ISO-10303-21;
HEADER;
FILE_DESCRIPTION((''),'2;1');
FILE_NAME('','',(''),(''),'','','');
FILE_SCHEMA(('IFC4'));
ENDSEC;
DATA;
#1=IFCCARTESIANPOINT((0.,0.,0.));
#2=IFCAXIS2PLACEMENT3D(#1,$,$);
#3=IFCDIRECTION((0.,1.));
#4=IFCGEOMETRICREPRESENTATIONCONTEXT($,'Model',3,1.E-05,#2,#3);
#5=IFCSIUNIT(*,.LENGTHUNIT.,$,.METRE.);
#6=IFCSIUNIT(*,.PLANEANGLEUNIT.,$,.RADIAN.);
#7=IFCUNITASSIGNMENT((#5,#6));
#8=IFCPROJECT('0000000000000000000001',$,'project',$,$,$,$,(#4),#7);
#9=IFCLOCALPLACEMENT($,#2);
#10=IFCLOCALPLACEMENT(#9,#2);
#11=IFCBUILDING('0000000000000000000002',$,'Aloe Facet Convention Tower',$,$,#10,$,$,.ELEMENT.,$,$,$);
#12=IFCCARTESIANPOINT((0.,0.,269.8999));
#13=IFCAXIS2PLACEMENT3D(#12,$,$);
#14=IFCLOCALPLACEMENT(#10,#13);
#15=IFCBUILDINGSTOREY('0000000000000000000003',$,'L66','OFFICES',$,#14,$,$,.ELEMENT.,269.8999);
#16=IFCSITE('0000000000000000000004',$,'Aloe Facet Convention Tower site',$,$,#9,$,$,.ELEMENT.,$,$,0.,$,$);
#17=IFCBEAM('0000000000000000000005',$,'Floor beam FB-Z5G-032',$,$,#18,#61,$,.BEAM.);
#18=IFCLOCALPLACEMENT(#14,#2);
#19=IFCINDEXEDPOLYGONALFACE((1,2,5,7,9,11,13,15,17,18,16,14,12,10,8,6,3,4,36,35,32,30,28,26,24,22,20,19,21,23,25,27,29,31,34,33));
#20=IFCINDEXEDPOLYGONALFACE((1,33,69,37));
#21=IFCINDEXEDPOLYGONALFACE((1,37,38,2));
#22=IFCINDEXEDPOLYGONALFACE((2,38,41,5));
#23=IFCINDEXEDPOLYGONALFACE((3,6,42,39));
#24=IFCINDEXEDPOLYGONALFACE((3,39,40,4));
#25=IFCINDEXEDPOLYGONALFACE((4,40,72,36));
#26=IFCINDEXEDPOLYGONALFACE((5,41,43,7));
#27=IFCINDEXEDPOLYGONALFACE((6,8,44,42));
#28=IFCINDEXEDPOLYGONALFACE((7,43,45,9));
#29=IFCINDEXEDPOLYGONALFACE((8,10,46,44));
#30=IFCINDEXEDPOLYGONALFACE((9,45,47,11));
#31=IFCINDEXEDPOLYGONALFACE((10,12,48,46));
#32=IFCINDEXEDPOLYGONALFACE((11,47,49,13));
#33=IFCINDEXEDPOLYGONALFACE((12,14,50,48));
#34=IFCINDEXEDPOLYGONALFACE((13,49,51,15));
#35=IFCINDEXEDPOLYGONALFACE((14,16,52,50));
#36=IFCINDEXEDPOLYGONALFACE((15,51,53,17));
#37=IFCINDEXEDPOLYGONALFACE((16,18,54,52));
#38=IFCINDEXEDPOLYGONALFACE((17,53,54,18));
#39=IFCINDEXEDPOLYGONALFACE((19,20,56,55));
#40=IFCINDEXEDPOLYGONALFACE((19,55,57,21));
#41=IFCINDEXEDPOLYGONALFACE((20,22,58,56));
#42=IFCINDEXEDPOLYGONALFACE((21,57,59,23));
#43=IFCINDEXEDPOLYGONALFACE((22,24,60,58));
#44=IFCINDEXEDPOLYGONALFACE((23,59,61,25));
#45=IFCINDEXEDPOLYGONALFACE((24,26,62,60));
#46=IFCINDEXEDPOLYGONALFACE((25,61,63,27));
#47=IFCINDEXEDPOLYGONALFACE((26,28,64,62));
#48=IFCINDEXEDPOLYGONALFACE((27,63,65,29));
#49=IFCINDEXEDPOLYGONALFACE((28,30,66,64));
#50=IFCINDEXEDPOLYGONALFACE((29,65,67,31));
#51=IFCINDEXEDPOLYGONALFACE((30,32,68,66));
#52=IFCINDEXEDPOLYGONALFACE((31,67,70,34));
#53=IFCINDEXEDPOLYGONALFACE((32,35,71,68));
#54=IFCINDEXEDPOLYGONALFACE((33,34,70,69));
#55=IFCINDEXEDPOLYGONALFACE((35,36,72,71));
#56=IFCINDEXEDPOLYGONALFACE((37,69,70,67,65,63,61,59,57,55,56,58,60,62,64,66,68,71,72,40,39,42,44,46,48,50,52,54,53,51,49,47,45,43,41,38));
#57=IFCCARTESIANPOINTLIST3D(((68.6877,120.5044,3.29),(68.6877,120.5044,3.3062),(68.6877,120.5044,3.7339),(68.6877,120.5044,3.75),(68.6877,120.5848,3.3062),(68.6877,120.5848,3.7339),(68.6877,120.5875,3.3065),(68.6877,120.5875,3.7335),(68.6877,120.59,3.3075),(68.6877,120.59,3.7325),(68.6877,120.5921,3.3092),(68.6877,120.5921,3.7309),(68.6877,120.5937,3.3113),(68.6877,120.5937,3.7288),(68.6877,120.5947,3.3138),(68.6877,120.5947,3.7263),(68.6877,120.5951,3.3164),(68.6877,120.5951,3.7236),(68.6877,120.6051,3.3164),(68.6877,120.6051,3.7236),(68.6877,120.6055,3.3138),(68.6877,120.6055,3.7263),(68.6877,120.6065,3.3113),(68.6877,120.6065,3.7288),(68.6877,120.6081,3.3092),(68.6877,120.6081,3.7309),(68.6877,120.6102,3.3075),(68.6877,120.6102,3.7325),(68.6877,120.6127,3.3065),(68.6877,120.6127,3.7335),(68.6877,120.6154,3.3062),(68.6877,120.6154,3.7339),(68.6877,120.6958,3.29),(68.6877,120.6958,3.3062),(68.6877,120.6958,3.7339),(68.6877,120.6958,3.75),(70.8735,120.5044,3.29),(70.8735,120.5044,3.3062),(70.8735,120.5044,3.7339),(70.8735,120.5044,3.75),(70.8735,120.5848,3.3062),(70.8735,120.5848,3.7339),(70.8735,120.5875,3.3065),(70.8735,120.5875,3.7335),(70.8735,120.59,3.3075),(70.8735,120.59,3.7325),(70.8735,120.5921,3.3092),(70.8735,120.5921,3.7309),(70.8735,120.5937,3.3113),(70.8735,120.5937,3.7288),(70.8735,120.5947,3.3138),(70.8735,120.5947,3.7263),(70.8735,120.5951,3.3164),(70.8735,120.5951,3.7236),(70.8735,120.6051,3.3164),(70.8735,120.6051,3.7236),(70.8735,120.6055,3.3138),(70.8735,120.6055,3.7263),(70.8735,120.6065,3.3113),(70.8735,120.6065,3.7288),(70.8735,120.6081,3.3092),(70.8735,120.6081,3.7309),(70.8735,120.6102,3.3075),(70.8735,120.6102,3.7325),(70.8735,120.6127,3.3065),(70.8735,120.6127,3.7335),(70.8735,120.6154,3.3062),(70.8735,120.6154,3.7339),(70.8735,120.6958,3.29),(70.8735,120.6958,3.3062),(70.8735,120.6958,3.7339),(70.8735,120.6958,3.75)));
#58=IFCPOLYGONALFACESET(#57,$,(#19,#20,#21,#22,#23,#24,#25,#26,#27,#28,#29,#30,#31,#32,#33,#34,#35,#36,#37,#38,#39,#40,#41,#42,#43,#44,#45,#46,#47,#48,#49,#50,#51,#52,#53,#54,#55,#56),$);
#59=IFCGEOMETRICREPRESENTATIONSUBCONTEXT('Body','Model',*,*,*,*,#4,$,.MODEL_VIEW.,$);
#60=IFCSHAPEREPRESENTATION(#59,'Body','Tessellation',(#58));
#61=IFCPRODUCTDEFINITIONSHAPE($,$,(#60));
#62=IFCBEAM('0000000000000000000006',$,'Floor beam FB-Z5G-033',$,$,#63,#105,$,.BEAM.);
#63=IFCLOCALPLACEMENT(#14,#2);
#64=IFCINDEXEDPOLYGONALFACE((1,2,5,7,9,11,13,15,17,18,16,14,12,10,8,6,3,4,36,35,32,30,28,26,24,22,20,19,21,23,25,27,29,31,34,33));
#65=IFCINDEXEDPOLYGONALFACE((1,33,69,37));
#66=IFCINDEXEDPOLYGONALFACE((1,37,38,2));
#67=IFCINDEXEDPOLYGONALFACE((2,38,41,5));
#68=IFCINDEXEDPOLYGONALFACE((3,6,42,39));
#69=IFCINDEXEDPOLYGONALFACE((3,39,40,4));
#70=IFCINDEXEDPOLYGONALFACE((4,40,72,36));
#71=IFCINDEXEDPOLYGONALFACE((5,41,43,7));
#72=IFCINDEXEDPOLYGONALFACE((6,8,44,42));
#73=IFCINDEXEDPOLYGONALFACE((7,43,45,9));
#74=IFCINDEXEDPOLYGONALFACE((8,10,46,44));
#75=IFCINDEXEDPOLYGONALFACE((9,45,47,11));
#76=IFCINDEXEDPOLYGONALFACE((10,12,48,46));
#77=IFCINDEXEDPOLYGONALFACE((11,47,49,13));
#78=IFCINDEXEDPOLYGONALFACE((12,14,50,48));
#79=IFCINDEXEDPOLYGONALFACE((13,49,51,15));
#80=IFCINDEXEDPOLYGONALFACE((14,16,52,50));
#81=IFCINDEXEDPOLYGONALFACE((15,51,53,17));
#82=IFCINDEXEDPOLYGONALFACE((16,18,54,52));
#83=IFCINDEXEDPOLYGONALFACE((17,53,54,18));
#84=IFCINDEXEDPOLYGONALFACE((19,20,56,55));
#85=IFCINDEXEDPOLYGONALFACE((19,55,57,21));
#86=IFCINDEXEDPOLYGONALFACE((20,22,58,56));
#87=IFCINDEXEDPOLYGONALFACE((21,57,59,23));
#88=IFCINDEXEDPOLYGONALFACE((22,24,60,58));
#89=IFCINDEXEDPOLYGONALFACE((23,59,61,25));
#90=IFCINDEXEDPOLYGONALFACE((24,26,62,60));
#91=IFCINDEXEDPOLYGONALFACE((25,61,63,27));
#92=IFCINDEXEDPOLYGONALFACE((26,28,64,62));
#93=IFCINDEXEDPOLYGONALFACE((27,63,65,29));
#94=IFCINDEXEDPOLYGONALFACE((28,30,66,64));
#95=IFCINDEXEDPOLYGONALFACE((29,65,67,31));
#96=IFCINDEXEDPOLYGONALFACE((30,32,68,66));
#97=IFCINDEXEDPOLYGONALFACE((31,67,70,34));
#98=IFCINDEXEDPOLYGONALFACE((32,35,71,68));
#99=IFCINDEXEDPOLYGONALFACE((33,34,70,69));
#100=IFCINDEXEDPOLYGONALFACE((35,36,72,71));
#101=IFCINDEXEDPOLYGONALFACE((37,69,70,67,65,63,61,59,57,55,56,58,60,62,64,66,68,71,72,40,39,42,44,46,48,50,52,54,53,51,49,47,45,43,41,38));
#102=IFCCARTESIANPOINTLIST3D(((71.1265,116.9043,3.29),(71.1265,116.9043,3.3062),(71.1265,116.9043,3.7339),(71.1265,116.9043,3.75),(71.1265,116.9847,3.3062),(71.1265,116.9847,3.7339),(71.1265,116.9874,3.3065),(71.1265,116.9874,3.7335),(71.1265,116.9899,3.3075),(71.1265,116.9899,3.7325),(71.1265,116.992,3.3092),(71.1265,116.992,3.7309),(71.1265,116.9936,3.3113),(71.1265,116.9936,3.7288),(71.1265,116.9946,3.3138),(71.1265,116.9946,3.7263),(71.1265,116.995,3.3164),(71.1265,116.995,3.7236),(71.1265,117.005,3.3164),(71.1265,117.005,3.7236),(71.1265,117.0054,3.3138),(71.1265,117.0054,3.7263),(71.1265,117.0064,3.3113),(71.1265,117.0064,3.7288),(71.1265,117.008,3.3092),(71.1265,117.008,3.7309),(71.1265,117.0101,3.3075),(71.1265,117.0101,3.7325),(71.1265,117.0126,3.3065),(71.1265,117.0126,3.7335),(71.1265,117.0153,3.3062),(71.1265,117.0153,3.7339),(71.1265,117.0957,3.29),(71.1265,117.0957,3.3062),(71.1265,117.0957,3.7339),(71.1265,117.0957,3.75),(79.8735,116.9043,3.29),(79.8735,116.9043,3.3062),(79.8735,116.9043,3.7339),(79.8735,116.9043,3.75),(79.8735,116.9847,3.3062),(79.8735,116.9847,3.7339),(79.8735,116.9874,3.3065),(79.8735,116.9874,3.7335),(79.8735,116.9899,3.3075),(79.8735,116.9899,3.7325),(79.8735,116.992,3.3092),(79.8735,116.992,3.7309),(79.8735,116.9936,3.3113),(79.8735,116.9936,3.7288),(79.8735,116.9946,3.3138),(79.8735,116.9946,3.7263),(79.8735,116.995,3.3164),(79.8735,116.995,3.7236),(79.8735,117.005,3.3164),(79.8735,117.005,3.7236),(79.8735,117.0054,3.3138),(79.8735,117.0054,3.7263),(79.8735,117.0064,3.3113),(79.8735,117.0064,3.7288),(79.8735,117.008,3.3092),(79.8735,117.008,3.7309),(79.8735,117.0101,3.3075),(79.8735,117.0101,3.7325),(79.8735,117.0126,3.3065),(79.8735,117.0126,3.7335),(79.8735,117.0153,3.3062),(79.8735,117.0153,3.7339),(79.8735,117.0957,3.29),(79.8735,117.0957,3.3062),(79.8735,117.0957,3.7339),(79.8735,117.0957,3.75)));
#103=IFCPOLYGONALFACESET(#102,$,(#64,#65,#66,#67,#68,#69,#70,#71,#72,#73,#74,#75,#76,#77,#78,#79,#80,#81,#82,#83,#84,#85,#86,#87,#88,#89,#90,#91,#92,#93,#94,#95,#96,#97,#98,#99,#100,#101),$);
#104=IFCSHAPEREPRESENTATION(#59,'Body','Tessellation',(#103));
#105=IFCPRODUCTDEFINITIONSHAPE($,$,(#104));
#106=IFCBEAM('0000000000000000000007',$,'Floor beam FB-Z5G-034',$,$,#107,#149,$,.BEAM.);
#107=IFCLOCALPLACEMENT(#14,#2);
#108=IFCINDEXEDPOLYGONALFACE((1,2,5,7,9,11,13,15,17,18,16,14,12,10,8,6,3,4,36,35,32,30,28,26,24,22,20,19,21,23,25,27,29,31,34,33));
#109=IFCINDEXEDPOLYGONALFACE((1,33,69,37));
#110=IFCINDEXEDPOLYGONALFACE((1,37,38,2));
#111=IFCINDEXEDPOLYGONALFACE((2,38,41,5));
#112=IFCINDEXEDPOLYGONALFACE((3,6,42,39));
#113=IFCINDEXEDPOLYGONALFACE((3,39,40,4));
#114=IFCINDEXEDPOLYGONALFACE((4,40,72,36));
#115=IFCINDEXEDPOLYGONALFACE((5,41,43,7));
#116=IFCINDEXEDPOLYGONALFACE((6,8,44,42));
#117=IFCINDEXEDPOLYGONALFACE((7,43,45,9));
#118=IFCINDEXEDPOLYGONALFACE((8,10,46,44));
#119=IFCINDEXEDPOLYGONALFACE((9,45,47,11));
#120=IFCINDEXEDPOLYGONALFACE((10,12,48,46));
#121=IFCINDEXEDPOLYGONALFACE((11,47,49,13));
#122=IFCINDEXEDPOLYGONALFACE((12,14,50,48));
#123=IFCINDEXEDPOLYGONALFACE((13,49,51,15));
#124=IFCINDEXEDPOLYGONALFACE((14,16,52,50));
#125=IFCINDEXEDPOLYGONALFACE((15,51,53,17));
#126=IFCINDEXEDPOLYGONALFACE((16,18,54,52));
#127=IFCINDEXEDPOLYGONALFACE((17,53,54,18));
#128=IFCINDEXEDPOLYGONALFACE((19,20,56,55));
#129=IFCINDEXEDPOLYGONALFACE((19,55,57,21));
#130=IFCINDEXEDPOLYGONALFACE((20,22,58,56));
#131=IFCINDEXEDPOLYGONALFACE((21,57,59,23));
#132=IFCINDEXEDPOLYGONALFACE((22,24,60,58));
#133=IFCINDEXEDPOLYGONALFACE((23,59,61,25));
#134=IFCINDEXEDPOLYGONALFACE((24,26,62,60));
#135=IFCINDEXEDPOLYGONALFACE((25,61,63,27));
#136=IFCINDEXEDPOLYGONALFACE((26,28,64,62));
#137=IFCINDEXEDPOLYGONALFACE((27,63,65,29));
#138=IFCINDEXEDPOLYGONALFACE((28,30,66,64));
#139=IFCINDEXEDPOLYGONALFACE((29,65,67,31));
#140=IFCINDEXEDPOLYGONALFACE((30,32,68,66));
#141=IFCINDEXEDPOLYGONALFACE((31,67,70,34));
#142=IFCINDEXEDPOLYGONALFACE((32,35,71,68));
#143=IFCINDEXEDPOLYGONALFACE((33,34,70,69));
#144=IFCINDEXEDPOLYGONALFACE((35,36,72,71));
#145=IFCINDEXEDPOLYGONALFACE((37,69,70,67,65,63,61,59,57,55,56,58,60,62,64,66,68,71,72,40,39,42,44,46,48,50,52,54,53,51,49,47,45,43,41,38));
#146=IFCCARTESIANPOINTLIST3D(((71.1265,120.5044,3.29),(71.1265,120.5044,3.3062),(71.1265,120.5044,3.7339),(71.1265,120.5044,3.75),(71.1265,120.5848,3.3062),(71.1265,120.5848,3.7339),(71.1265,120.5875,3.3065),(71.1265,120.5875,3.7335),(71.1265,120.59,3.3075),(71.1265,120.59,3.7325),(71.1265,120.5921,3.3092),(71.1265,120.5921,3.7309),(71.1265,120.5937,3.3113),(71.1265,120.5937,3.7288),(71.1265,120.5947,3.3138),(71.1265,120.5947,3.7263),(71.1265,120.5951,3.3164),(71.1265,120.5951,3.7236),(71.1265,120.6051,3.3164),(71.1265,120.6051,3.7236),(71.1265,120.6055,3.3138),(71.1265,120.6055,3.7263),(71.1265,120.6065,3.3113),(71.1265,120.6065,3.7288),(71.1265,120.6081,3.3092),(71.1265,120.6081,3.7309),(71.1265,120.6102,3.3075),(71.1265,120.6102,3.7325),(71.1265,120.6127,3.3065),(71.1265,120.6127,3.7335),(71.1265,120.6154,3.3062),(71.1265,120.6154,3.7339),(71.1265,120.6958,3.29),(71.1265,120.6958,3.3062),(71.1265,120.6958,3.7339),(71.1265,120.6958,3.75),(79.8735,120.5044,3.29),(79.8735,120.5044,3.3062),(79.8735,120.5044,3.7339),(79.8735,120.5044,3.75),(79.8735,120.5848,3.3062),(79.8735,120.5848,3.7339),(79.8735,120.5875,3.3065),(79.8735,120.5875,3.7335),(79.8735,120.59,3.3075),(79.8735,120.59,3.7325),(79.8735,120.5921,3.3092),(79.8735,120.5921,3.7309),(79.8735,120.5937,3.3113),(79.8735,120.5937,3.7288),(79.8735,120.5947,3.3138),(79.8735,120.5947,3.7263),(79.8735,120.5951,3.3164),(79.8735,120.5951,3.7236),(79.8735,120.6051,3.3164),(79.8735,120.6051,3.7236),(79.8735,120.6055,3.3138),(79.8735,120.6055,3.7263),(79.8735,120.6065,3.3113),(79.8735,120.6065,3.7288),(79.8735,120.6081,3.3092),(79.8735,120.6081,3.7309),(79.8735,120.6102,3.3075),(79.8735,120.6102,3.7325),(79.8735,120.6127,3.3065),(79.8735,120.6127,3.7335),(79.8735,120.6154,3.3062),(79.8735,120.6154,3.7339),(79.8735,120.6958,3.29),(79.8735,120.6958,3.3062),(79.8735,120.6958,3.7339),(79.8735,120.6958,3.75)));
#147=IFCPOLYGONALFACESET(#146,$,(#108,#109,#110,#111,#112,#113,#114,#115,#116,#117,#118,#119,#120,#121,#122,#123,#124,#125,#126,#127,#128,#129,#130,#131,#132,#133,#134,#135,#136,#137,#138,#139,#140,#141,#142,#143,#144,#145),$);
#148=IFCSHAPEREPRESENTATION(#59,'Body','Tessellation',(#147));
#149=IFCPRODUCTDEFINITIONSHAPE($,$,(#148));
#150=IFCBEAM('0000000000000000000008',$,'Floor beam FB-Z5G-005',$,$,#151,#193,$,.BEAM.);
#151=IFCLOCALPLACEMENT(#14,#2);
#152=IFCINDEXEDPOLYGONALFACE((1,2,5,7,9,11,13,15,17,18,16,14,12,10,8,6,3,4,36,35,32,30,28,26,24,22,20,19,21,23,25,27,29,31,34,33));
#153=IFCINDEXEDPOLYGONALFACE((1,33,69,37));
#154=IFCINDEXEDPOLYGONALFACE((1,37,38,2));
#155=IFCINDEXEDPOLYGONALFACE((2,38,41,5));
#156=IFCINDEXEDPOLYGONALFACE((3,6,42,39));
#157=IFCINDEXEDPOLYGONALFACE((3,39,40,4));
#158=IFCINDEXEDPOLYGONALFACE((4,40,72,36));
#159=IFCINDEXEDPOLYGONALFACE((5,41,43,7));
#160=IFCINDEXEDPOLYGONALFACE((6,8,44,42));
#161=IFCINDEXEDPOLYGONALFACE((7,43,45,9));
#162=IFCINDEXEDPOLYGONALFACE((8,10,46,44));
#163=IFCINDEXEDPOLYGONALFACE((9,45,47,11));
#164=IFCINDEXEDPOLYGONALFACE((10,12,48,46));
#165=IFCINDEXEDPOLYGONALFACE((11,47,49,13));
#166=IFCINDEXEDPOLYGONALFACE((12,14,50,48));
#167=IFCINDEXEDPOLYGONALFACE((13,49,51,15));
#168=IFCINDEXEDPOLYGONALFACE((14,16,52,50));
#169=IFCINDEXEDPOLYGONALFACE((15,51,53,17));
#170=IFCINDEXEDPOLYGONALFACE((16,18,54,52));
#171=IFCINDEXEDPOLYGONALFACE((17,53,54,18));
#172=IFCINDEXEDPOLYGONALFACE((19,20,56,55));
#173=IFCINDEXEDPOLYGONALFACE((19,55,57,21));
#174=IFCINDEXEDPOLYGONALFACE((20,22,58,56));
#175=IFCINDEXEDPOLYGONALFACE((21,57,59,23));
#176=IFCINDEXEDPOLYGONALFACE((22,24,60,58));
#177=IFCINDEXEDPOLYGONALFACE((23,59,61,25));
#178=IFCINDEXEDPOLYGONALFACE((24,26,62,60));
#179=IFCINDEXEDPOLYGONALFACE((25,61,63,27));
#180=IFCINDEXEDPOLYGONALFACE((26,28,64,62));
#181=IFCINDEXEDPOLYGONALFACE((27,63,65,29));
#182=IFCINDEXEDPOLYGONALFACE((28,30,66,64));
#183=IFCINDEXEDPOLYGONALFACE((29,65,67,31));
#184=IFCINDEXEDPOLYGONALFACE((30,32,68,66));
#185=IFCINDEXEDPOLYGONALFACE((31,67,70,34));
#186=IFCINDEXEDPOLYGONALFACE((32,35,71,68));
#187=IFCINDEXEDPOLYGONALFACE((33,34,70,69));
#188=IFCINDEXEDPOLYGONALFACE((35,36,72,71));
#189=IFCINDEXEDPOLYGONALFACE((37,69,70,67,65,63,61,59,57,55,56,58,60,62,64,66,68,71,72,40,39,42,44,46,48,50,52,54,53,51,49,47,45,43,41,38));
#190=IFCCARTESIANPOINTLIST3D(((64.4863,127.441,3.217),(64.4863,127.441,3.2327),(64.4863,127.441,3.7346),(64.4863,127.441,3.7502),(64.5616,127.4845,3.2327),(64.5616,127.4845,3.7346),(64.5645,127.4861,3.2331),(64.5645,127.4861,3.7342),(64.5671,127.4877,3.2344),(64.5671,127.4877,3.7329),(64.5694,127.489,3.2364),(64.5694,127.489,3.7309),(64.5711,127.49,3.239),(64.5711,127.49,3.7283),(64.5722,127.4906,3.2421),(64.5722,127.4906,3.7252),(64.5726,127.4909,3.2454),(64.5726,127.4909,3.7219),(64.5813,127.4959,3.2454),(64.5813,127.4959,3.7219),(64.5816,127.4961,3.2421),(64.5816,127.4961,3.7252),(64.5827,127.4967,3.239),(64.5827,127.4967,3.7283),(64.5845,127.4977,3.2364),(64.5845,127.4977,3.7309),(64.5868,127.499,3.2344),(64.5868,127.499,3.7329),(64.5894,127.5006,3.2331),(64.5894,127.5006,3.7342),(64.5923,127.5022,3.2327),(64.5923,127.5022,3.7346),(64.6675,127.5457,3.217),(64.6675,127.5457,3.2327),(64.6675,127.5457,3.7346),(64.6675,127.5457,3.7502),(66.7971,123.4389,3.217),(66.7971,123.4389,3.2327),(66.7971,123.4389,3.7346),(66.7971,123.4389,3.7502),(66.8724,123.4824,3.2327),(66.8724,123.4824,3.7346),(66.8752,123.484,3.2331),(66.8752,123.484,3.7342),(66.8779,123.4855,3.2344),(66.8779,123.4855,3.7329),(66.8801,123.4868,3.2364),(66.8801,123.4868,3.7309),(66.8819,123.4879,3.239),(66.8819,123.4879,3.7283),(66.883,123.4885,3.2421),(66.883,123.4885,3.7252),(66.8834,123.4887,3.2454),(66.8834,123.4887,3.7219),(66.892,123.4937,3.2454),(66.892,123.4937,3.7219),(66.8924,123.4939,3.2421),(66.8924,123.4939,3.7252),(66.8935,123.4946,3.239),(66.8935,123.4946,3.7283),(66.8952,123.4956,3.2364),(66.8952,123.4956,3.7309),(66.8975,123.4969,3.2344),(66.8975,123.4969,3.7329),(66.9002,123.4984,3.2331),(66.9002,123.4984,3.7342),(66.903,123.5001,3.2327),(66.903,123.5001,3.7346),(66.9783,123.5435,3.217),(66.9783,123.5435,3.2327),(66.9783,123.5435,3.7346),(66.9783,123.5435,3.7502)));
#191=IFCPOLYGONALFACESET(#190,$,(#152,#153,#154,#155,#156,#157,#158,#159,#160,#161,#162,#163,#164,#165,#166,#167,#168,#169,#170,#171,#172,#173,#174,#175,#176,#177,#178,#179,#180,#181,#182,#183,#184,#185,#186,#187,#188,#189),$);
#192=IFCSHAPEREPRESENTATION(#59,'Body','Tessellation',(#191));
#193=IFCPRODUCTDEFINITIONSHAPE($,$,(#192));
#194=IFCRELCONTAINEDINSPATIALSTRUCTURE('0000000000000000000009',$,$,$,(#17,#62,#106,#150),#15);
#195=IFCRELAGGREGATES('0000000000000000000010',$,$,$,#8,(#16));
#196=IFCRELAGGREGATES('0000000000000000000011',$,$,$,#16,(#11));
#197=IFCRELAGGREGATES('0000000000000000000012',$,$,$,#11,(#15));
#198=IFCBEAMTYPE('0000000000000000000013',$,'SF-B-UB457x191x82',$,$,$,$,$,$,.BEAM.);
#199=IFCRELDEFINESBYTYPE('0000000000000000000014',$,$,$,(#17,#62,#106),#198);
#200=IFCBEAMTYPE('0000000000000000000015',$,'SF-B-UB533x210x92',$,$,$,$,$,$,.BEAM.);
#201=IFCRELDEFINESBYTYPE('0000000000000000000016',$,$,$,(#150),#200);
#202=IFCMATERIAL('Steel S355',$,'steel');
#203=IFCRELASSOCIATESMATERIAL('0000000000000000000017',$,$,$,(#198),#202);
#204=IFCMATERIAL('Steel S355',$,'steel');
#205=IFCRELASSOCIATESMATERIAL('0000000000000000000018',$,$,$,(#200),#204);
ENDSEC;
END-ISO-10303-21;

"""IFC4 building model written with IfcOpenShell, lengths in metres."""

from ifc_helpers import new_model, si_unit, direction, frame, origin, origin_2d, place, context, subcontext, project, spatial, i_section, extrude, material, material_profile, profile_set, type_object, element, save


model = new_model("IFC4")

# Units and contexts
model_context = context("Model", 3, precision=1e-05, world=origin(), true_north=direction((0.0, 1.0)))
body_context = subcontext(model_context, "Body", "Model", "MODEL_VIEW")
ifc_project = project(units=[si_unit("LENGTHUNIT", "METRE"), si_unit("PLANEANGLEUNIT", "RADIAN")], contexts=[model_context])

# Site, building, storey
site_placement = place(None, origin())
site = spatial("IfcSite", under=ifc_project, at=site_placement, Name="Aloe Facet Convention Tower site", CompositionType="ELEMENT", RefElevation=0.0)
building_placement = place(site_placement, origin())
building = spatial("IfcBuilding", under=site, at=building_placement, Name="Aloe Facet Convention Tower", CompositionType="ELEMENT")
storey_placement = place(building_placement, frame((0.0, 0.0, 269.8999)))
storey = spatial("IfcBuildingStorey", under=building, at=storey_placement, Name="L66", Description="OFFICES", CompositionType="ELEMENT", Elevation=269.8999)

# Beams
ifc_material_1 = material(Name="Steel S355", Category="steel")
ifc_material_profile_1 = material_profile(ifc_material_1, i_section(OverallWidth=0.1914, OverallDepth=0.46, WebThickness=0.01, FlangeThickness=0.0161, FilletRadius=0.0103, at=origin_2d()), Name="UB 457x191x82")
ifc_profile_set_1 = profile_set([ifc_material_profile_1], Name="Steel S355")
beam_type_1 = type_object("IfcBeamType", Name="SF-B-UB457x191x82", PredefinedType="BEAM", material=ifc_profile_set_1)
beam_1_placement = place(storey_placement, frame((68.6877, 120.6001, 3.52), z_axis=(1.0, 0.0, 0.0), x_axis=(0.0, 1.0, 0.0)))
element("IfcBeam", 1, at=beam_1_placement, inside=storey, type_object=beam_type_1, Name="Floor beam FB-Z5G-032", PredefinedType="BEAM", context=body_context, shape_type="SweptSolid", body=[
    extrude(i_section(OverallWidth=0.1914, OverallDepth=0.46, WebThickness=0.01, FlangeThickness=0.0161, FilletRadius=0.0103, at=origin_2d()), origin(), (0.0, 0.0, 1.0), 2.1858),
])
for number, where, z_axis, x_axis, name in (
    (2, (71.1265, 117.0, 3.52), (1.0, 0.0, 0.0), (0.0, 1.0, 0.0), "Floor beam FB-Z5G-033"),
    (3, (71.1265, 120.6001, 3.52), (1.0, 0.0, 0.0), (0.0, 1.0, 0.0), "Floor beam FB-Z5G-034"),
):
    element("IfcBeam", number, at=place(storey_placement, frame(where, z_axis=z_axis, x_axis=x_axis)), inside=storey, type_object=beam_type_1, Name=name, PredefinedType="BEAM", context=body_context, shape_type="SweptSolid", body=[
        extrude(i_section(OverallWidth=0.1914, OverallDepth=0.46, WebThickness=0.01, FlangeThickness=0.0161, FilletRadius=0.0103, at=origin_2d()), origin(), (0.0, 0.0, 1.0), 8.7471),
    ])
ifc_material_2 = material(Name="Steel S355", Category="steel")
ifc_material_profile_2 = material_profile(ifc_material_2, i_section(OverallWidth=0.2092, OverallDepth=0.5332, WebThickness=0.01, FlangeThickness=0.0156, FilletRadius=0.0127, at=origin_2d()), Name="UB 533x210x92")
ifc_profile_set_2 = profile_set([ifc_material_profile_2], Name="Steel S355")
beam_type_2 = type_object("IfcBeamType", Name="SF-B-UB533x210x92", PredefinedType="BEAM", material=ifc_profile_set_2)
beam_2_placement = place(storey_placement, frame((66.8877, 123.4912, 3.4836), z_axis=(-0.50002, 0.866014, 0.0), x_axis=(-0.866014, -0.50002, 0.0)))
element("IfcBeam", 4, at=beam_2_placement, inside=storey, type_object=beam_type_2, Name="Floor beam FB-Z5G-005", PredefinedType="BEAM", context=body_context, shape_type="SweptSolid", body=[
    extrude(i_section(OverallWidth=0.2092, OverallDepth=0.5332, WebThickness=0.01, FlangeThickness=0.0156, FilletRadius=0.0127, at=origin_2d()), origin(), (0.0, 0.0, 1.0), 4.6213),
])

save(model, "model.ifc")
